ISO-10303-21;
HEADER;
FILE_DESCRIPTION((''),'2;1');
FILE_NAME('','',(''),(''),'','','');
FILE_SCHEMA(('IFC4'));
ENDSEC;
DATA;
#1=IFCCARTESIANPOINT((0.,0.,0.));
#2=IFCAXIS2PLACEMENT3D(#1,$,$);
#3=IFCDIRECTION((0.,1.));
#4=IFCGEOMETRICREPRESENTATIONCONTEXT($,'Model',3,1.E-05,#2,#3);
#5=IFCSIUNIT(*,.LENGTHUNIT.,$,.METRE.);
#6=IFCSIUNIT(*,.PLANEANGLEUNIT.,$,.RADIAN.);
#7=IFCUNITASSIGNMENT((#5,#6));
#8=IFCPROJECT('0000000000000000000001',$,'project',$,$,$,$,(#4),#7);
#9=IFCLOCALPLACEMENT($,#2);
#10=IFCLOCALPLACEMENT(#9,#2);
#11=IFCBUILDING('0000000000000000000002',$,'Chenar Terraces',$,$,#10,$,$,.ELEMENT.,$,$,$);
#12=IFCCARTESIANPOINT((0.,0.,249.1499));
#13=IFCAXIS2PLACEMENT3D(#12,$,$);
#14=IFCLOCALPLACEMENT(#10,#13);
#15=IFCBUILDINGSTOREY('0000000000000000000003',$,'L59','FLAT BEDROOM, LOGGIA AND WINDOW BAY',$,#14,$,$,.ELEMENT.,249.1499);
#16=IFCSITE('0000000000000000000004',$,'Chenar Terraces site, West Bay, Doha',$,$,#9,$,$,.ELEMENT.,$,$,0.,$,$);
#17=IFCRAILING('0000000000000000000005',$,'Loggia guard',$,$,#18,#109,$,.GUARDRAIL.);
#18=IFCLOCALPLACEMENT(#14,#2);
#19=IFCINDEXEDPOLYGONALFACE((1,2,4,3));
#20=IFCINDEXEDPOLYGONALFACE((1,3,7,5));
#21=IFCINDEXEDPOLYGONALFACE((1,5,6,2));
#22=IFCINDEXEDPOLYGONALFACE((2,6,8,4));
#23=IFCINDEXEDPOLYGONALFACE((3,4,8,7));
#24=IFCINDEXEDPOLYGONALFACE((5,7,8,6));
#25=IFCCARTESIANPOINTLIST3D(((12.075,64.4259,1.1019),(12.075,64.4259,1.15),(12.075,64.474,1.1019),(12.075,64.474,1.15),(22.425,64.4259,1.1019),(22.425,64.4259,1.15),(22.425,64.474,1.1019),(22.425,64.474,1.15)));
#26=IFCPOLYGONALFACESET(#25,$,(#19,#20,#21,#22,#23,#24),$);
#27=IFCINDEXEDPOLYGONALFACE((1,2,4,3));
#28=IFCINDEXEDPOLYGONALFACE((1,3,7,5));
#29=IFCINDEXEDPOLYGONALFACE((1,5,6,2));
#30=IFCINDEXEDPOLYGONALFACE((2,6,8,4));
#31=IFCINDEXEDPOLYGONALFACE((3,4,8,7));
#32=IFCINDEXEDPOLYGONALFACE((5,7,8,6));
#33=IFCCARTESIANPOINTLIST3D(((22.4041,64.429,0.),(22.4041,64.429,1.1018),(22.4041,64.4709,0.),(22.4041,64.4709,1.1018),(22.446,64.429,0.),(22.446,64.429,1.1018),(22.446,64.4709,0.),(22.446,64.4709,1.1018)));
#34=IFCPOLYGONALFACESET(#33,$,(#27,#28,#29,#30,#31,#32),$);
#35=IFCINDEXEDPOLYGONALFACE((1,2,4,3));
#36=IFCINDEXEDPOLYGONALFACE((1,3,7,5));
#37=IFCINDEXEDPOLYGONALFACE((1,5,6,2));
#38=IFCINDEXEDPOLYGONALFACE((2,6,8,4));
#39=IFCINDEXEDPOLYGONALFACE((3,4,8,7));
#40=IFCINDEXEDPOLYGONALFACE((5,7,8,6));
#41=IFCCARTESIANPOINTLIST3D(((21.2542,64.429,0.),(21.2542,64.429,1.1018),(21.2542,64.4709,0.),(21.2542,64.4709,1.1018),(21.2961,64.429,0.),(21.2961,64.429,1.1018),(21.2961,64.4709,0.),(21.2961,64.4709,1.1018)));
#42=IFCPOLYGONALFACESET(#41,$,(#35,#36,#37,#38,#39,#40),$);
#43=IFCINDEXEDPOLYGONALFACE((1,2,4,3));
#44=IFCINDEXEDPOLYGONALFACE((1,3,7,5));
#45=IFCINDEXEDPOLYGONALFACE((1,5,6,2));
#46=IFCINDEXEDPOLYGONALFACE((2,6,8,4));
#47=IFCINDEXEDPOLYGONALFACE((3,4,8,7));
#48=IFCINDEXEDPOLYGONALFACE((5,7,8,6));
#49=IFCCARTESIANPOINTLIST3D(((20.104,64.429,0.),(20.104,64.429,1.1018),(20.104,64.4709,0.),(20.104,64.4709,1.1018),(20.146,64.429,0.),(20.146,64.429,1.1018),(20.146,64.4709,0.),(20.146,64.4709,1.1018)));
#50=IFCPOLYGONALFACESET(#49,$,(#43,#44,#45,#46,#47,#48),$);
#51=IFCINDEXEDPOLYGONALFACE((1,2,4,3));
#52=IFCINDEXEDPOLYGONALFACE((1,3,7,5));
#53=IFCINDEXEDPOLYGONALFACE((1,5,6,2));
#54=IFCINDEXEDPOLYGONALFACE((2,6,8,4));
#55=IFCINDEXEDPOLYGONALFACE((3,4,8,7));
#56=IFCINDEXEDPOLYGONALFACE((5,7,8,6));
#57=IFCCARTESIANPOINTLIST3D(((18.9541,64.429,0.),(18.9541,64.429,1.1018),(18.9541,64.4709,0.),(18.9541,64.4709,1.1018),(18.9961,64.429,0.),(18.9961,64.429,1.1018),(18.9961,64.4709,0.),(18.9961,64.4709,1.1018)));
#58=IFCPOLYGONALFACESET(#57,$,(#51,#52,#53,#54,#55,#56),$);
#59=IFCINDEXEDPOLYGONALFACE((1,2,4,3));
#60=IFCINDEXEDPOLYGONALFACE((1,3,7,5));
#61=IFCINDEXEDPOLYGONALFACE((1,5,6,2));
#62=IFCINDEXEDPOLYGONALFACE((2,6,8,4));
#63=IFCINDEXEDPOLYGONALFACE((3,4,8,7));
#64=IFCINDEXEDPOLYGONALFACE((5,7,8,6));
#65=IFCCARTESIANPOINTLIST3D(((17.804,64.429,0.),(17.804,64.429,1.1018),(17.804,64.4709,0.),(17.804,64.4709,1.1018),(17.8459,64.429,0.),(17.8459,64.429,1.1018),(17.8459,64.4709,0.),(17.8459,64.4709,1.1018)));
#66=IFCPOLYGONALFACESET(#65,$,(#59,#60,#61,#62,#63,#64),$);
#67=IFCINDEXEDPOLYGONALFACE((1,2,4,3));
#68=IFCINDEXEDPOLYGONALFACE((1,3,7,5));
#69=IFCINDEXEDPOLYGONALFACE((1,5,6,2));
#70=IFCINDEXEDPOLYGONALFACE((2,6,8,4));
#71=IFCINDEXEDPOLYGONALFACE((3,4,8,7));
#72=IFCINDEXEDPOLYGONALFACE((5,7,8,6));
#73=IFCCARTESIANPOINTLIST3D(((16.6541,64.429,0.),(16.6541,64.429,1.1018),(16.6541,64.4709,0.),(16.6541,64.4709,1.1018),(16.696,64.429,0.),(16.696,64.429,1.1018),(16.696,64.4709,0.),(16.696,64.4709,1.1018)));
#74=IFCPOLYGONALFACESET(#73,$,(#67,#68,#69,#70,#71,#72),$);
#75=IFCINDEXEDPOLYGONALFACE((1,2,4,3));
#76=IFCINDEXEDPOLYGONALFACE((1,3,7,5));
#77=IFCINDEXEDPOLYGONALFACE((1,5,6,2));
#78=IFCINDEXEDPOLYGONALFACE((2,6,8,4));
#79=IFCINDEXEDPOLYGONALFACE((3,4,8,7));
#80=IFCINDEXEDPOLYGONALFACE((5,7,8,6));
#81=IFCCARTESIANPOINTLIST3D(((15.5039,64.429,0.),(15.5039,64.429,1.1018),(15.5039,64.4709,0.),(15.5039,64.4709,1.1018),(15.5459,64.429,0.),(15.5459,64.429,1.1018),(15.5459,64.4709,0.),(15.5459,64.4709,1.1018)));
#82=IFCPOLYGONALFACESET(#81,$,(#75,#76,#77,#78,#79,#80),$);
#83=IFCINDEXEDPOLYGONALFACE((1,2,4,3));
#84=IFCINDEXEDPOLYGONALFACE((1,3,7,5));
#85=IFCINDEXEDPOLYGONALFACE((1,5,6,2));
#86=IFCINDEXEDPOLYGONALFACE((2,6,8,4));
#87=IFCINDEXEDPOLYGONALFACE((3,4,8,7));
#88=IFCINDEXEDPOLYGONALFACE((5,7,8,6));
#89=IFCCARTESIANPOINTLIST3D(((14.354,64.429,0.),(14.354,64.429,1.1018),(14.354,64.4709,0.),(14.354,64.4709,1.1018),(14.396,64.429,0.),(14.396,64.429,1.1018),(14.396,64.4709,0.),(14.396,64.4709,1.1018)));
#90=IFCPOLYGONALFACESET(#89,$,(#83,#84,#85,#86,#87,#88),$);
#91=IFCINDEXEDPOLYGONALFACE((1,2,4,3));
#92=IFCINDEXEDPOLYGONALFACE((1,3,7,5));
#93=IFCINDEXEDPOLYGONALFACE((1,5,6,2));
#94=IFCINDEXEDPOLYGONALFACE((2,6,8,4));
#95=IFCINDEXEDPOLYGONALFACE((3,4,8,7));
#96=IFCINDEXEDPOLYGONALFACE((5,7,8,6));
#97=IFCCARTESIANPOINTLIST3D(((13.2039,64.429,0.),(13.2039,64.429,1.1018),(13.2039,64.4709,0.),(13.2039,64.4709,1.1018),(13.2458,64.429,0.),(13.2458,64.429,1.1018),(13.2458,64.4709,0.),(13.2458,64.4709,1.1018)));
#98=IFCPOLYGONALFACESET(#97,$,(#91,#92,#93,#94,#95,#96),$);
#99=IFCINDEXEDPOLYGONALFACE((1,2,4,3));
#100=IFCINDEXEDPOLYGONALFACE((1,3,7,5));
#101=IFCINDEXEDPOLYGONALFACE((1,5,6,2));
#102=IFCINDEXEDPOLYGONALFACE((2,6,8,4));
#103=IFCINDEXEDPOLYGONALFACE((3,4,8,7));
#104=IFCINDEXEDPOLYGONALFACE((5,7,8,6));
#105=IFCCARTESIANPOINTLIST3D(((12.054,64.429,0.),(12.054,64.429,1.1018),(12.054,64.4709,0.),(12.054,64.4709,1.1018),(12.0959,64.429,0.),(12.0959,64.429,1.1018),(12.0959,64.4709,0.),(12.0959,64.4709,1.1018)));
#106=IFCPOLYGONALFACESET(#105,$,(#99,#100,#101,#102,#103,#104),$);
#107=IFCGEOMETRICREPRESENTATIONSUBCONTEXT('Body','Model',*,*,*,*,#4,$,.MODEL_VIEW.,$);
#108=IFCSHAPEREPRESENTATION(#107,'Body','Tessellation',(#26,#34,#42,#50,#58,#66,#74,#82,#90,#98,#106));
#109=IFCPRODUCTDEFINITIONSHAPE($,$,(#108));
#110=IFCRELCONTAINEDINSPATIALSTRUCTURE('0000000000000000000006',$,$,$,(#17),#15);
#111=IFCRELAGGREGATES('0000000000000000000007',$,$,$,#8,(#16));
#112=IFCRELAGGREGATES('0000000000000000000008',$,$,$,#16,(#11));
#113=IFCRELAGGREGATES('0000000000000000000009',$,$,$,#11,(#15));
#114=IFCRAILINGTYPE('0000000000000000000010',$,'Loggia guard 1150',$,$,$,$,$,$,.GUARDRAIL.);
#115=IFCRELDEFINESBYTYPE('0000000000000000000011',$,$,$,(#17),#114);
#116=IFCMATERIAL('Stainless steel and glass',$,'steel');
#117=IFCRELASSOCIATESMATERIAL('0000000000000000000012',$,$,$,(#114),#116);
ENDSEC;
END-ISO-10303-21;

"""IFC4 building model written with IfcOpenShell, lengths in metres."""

from ifc_helpers import new_model, si_unit, direction, frame, origin, origin_2d, place, context, subcontext, project, spatial, rectangle, extrude, material, type_object, element, save


model = new_model("IFC4")

# Units and contexts
model_context = context("Model", 3, precision=1e-05, world=origin(), true_north=direction((0.0, 1.0)))
body_context = subcontext(model_context, "Body", "Model", "MODEL_VIEW")
ifc_project = project(units=[si_unit("LENGTHUNIT", "METRE"), si_unit("PLANEANGLEUNIT", "RADIAN")], contexts=[model_context])

# Site, building, storey
site_placement = place(None, origin())
site = spatial("IfcSite", under=ifc_project, at=site_placement, Name="Chenar Terraces site, West Bay, Doha", CompositionType="ELEMENT", RefElevation=0.0)
building_placement = place(site_placement, origin())
building = spatial("IfcBuilding", under=site, at=building_placement, Name="Chenar Terraces", CompositionType="ELEMENT")
storey_placement = place(building_placement, frame((0.0, 0.0, 249.1499)))
storey = spatial("IfcBuildingStorey", under=building, at=storey_placement, Name="L59", Description="FLAT BEDROOM, LOGGIA AND WINDOW BAY", CompositionType="ELEMENT", Elevation=249.1499)

# Railing
ifc_material_1 = material(Name="Stainless steel and glass", Category="steel")
railing_type_1 = type_object("IfcRailingType", Name="Loggia guard 1150", PredefinedType="GUARDRAIL", material=ifc_material_1)
railing_1_placement = place(storey_placement, frame((22.425, 64.45, 0.0)))
element("IfcRailing", 1, at=railing_1_placement, inside=storey, type_object=railing_type_1, Name="Loggia guard", PredefinedType="GUARDRAIL", context=body_context, shape_type="SweptSolid", body=[
    extrude(rectangle(XDim=0.0481, YDim=0.0481, at=origin_2d()), frame((0.0, 0.0, 1.126), z_axis=(-1.0, 0.0, 0.0), x_axis=(0.0, -1.0, 0.0)), (0.0, 0.0, 1.0), 10.3501),
    extrude(rectangle(XDim=0.042, YDim=0.042, at=origin_2d()), origin(), (0.0, 0.0, 1.0), 1.1018),
    extrude(rectangle(XDim=0.042, YDim=0.042, at=origin_2d()), frame((-1.1499, 0.0, 0.0)), (0.0, 0.0, 1.0), 1.1018),
    extrude(rectangle(XDim=0.042, YDim=0.042, at=origin_2d()), frame((-2.3, 0.0, 0.0)), (0.0, 0.0, 1.0), 1.1018),
    extrude(rectangle(XDim=0.042, YDim=0.042, at=origin_2d()), frame((-3.45, 0.0, 0.0)), (0.0, 0.0, 1.0), 1.1018),
    extrude(rectangle(XDim=0.042, YDim=0.042, at=origin_2d()), frame((-4.6001, 0.0, 0.0)), (0.0, 0.0, 1.0), 1.1018),
    extrude(rectangle(XDim=0.042, YDim=0.042, at=origin_2d()), frame((-5.75, 0.0, 0.0)), (0.0, 0.0, 1.0), 1.1018),
    extrude(rectangle(XDim=0.042, YDim=0.042, at=origin_2d()), frame((-6.9001, 0.0, 0.0)), (0.0, 0.0, 1.0), 1.1018),
    extrude(rectangle(XDim=0.042, YDim=0.042, at=origin_2d()), frame((-8.05, 0.0, 0.0)), (0.0, 0.0, 1.0), 1.1018),
    extrude(rectangle(XDim=0.042, YDim=0.042, at=origin_2d()), frame((-9.2002, 0.0, 0.0)), (0.0, 0.0, 1.0), 1.1018),
    extrude(rectangle(XDim=0.042, YDim=0.042, at=origin_2d()), frame((-10.3501, 0.0, 0.0)), (0.0, 0.0, 1.0), 1.1018),
])

save(model, "model.ifc")
